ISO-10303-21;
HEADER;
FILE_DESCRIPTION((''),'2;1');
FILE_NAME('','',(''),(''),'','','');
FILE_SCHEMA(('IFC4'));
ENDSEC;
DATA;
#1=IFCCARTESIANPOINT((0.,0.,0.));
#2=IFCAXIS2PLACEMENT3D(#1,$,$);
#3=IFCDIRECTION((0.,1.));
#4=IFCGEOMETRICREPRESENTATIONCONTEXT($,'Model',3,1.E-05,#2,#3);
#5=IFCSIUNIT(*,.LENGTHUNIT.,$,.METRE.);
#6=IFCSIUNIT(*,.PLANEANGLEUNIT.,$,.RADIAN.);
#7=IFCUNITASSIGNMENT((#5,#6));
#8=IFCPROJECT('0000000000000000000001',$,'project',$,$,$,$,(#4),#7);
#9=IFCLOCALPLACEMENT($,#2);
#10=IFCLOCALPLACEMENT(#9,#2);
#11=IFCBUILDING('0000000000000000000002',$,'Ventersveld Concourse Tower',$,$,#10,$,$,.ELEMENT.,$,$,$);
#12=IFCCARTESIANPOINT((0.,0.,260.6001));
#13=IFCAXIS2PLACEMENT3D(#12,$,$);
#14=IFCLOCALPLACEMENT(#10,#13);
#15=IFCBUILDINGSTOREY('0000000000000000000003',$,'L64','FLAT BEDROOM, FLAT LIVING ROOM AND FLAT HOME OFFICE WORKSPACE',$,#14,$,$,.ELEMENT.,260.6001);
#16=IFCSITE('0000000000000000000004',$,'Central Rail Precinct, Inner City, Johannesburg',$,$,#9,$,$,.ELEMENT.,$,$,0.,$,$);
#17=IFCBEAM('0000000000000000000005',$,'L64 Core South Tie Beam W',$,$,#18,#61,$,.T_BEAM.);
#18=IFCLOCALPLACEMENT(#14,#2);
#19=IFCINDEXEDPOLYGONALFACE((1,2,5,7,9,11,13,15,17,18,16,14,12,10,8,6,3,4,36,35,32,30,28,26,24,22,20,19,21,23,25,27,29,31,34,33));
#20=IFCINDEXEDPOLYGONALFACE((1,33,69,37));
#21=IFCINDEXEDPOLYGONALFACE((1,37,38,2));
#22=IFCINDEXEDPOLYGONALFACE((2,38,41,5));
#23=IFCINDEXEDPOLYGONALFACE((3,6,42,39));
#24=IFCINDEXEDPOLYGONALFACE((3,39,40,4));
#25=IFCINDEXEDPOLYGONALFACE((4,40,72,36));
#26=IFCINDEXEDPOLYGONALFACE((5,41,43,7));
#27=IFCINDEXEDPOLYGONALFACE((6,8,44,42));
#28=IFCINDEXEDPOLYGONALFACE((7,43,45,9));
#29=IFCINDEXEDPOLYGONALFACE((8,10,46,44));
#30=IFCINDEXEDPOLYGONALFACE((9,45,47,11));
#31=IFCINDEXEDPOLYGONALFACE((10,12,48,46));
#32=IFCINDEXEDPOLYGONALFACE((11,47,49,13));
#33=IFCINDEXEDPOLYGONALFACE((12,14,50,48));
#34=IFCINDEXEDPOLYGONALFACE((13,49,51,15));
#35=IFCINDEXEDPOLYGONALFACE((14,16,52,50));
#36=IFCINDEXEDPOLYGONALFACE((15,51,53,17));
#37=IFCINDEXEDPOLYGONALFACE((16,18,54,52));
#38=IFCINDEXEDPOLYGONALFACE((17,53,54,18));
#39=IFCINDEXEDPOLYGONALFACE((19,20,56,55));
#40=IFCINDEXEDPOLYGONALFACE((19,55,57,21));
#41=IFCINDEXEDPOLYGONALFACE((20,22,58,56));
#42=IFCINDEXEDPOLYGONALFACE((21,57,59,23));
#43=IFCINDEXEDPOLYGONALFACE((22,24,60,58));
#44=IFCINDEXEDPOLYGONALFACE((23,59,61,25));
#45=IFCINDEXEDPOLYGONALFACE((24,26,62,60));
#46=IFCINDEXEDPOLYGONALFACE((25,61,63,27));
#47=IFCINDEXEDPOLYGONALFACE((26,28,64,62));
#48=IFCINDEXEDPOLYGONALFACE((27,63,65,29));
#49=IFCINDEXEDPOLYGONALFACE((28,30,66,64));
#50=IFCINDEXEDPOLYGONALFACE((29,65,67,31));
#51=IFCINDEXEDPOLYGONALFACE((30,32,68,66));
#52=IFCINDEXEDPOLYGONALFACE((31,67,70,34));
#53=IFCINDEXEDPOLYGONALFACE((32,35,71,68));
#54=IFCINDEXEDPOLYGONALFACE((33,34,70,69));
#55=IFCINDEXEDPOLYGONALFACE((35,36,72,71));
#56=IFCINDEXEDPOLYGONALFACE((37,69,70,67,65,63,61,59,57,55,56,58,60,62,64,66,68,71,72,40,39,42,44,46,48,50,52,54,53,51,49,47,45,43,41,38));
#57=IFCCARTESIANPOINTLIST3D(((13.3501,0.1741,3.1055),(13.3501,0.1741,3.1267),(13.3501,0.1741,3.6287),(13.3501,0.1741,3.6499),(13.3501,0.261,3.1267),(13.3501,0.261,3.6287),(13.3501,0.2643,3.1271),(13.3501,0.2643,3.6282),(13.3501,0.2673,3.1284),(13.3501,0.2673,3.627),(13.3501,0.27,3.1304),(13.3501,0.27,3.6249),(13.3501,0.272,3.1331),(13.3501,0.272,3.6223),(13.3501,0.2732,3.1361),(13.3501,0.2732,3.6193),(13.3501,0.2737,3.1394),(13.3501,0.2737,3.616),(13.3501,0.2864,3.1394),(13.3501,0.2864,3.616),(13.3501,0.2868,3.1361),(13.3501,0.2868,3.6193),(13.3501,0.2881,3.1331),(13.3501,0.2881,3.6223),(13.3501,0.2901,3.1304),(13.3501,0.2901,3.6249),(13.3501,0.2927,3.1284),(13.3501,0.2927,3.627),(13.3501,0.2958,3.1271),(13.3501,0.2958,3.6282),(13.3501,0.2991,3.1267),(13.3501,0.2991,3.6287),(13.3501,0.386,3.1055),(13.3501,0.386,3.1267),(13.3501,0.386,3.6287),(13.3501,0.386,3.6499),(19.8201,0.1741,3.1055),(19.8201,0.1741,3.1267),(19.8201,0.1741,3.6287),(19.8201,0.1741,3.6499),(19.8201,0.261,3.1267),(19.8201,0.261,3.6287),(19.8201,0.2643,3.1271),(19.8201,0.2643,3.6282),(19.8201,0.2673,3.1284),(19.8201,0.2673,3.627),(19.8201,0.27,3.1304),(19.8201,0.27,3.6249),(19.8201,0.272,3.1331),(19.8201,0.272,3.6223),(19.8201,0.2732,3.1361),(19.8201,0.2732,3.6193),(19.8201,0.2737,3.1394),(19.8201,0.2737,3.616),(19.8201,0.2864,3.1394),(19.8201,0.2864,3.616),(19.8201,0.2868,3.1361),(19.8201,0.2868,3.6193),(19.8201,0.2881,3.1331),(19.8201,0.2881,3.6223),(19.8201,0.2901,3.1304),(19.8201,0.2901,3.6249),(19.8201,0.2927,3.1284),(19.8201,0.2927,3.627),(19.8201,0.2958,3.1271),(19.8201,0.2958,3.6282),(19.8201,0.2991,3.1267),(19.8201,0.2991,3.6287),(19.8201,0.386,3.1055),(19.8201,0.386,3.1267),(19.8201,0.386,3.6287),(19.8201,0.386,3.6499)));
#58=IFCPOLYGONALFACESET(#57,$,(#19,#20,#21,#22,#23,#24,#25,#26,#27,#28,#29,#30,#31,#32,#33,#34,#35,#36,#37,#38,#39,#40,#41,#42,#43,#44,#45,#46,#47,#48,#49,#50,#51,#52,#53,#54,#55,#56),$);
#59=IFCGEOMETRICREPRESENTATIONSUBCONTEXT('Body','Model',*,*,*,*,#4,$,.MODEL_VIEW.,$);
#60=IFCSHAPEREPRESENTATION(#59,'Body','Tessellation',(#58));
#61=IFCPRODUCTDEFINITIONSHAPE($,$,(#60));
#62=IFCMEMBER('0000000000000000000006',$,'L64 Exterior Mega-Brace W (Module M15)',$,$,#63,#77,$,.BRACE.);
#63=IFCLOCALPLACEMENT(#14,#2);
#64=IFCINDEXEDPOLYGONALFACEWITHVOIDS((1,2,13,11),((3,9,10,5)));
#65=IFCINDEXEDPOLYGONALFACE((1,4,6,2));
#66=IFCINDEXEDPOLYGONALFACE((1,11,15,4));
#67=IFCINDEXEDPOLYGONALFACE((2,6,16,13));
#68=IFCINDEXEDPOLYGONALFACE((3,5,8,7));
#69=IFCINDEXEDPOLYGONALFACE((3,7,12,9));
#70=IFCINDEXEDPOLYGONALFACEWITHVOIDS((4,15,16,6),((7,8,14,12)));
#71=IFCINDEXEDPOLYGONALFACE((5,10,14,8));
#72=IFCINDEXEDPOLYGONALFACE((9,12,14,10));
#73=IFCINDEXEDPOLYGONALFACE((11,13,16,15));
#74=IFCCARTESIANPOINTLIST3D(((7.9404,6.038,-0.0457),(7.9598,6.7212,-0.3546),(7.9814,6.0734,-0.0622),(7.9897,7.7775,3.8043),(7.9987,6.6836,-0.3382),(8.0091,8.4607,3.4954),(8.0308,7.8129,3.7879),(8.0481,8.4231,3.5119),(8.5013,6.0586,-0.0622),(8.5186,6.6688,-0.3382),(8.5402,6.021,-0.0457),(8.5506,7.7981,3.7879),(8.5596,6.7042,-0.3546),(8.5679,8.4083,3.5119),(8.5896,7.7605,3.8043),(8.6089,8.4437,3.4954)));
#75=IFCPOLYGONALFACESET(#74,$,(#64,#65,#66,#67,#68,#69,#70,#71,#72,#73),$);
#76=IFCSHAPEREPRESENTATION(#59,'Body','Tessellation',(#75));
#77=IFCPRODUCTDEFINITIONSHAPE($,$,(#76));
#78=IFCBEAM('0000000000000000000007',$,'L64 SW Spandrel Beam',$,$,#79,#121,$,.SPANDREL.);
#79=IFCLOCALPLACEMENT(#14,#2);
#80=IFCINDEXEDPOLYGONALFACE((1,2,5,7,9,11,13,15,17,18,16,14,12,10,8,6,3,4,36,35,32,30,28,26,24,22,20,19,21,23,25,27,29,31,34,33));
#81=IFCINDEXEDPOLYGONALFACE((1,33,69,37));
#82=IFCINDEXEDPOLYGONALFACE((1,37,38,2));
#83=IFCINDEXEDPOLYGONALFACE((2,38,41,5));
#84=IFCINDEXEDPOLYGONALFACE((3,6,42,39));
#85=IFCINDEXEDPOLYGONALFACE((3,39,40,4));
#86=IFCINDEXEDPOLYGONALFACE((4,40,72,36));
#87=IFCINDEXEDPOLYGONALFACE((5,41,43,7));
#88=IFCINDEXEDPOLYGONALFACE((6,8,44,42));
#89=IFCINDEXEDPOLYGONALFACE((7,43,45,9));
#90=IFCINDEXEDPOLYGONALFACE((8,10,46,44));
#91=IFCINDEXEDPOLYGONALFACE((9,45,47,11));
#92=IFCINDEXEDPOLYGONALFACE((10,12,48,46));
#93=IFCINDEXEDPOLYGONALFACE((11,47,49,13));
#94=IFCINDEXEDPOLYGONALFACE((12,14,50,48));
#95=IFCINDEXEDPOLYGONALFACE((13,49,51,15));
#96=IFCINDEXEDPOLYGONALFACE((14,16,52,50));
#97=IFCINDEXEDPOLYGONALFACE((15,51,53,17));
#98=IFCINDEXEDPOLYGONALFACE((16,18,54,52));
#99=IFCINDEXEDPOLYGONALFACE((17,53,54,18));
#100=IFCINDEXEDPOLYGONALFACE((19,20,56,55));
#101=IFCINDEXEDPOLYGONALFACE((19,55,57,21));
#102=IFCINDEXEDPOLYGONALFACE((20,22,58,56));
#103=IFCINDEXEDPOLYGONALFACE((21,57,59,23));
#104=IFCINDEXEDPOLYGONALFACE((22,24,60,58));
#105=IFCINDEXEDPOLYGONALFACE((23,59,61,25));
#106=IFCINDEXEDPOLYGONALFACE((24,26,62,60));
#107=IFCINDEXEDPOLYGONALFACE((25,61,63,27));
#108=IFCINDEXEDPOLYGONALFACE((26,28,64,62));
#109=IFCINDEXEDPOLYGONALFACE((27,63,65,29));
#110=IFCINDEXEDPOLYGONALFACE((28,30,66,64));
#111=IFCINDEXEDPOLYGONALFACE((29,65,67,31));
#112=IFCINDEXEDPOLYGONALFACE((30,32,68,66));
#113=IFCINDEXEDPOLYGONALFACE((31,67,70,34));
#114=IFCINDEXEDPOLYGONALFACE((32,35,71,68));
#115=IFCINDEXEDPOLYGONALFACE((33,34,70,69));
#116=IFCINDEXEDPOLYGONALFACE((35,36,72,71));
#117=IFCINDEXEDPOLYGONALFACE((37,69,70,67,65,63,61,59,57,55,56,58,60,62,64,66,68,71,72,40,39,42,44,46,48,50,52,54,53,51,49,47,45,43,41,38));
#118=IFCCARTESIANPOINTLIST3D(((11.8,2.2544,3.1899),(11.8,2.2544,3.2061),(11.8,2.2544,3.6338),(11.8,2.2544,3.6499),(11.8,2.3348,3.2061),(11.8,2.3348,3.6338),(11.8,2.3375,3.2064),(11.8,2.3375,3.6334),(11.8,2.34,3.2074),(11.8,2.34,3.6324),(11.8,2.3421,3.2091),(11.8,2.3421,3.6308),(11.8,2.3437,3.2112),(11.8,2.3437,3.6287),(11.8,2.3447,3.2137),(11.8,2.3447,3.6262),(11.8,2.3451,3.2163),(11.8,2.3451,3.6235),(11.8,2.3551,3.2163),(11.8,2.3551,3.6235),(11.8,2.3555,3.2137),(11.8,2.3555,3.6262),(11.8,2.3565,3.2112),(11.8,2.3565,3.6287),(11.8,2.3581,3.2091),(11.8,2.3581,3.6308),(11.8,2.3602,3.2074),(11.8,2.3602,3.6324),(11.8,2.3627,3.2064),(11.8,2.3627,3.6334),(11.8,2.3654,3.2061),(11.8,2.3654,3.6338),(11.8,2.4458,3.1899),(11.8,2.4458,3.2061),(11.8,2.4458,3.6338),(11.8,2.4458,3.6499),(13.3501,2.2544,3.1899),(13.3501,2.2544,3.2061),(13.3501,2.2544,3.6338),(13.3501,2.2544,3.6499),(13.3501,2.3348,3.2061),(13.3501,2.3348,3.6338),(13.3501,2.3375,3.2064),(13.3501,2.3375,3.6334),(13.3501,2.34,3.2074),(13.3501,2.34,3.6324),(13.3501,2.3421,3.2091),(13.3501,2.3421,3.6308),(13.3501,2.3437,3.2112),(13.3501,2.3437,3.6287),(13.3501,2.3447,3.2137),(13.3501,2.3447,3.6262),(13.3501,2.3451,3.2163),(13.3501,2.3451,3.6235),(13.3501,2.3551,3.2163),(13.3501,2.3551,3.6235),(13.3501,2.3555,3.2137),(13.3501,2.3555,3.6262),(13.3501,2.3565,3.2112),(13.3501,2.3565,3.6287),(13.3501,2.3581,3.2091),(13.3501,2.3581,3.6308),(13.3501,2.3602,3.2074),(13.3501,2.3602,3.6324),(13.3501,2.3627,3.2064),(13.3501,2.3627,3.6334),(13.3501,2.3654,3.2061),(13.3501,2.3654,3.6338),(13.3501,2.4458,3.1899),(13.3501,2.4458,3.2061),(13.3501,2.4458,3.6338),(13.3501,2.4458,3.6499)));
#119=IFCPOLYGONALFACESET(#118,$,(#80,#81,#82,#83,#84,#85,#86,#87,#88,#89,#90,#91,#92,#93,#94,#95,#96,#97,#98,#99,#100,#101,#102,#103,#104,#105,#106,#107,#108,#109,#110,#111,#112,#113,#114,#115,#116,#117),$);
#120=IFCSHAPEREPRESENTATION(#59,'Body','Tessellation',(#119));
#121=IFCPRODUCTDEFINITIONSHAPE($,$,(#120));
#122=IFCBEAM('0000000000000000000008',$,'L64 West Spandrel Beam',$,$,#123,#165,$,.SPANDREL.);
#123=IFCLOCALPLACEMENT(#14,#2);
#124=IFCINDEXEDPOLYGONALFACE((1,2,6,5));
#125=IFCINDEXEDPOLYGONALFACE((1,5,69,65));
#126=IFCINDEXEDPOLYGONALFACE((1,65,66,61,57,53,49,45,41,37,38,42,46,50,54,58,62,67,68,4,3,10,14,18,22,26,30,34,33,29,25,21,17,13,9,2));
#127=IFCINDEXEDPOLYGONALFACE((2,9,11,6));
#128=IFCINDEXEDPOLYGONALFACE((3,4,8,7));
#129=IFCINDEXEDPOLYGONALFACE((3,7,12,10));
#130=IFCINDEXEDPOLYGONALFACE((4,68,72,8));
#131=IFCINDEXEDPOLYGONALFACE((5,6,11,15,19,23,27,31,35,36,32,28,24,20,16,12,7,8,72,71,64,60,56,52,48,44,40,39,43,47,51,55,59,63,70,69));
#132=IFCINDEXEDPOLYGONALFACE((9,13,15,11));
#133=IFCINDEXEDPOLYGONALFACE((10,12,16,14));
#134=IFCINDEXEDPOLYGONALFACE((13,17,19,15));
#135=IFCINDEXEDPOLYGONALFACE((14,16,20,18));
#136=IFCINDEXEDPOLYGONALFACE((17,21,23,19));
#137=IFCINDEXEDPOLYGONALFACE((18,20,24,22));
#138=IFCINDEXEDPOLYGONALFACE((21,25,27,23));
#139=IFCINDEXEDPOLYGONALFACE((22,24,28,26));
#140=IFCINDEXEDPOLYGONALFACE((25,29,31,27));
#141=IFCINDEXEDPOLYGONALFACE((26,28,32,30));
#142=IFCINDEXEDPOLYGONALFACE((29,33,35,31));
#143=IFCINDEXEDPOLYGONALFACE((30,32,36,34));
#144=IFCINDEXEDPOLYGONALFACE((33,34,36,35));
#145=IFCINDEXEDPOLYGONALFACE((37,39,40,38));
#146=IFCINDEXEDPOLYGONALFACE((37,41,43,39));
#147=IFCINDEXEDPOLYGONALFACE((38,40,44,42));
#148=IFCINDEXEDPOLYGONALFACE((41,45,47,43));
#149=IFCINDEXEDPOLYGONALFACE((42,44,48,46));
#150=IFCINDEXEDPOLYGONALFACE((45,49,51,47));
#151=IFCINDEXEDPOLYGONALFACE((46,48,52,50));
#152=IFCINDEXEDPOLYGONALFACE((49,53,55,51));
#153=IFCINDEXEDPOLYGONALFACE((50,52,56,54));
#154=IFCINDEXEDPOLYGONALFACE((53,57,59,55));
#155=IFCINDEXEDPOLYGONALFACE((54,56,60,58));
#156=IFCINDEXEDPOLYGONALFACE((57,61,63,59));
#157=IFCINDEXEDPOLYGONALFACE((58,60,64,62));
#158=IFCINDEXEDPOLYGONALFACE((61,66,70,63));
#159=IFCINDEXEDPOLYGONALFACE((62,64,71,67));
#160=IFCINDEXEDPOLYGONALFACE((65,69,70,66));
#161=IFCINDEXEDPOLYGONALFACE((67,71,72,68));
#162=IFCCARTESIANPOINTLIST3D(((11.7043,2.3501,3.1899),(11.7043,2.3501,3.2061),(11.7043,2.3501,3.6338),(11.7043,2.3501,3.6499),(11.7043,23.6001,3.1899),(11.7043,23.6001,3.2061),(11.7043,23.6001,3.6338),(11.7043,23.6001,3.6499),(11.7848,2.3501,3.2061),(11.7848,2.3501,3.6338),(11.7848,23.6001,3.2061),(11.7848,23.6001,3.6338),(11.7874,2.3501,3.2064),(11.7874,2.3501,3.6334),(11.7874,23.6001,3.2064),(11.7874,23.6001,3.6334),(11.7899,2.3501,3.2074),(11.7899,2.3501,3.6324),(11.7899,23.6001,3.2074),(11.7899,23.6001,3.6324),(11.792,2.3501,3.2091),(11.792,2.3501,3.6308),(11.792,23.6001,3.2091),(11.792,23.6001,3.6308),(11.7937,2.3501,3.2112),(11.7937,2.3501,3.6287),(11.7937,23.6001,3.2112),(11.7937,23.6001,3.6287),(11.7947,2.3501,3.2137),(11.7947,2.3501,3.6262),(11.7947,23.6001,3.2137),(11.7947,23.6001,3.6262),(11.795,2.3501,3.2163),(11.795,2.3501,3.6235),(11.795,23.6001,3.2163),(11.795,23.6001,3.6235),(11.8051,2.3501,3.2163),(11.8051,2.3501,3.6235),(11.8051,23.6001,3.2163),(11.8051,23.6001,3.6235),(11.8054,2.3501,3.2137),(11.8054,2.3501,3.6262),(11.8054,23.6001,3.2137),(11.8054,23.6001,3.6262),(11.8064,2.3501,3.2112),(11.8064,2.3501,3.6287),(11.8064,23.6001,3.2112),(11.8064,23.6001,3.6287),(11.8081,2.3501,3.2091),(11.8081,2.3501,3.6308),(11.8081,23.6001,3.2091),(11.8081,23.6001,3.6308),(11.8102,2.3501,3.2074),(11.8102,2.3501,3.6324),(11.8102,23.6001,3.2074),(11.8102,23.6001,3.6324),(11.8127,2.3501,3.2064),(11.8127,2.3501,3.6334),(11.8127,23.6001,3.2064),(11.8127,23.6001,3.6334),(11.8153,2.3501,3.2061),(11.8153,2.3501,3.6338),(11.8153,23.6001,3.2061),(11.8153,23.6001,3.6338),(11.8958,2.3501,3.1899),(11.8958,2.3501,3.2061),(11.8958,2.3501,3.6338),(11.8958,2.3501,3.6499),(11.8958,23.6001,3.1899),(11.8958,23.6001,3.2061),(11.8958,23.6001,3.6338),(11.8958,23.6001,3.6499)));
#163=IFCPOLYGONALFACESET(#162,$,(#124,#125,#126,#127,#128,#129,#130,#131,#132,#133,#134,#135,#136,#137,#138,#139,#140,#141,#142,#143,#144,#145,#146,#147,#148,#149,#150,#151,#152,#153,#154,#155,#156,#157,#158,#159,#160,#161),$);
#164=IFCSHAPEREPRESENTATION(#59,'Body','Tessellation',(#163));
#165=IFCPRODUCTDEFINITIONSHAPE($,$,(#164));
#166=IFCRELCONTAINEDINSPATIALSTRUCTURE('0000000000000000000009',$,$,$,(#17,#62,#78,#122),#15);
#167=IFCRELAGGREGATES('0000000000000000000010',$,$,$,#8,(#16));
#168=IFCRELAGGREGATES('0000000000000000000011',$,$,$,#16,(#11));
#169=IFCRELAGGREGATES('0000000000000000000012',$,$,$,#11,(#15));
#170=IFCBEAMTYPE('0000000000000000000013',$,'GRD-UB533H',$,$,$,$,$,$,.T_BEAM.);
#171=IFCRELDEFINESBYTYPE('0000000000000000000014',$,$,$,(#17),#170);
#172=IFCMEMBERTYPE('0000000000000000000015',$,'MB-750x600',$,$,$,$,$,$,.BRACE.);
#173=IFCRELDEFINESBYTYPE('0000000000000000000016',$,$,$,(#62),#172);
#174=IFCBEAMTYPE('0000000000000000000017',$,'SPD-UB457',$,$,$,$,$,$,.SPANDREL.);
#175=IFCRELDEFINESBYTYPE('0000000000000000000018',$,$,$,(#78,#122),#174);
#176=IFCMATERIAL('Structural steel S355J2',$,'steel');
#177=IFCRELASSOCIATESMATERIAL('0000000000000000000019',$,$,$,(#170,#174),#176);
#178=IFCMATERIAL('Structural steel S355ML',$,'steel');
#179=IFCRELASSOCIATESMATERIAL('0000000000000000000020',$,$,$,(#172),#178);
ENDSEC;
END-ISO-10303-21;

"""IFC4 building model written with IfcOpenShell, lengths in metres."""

from ifc_helpers import new_model, si_unit, direction, frame, origin, origin_2d, place, context, subcontext, project, spatial, hollow_rectangle, i_section, extrude, material, material_profile, profile_set, type_object, element, save


model = new_model("IFC4")

# Units and contexts
model_context = context("Model", 3, precision=1e-05, world=origin(), true_north=direction((0.0, 1.0)))
body_context = subcontext(model_context, "Body", "Model", "MODEL_VIEW")
ifc_project = project(units=[si_unit("LENGTHUNIT", "METRE"), si_unit("PLANEANGLEUNIT", "RADIAN")], contexts=[model_context])

# Site, building, storey
site_placement = place(None, origin())
site = spatial("IfcSite", under=ifc_project, at=site_placement, Name="Central Rail Precinct, Inner City, Johannesburg", CompositionType="ELEMENT", RefElevation=0.0)
building_placement = place(site_placement, origin())
building = spatial("IfcBuilding", under=site, at=building_placement, Name="Ventersveld Concourse Tower", CompositionType="ELEMENT")
storey_placement = place(building_placement, frame((0.0, 0.0, 260.6001)))
storey = spatial("IfcBuildingStorey", under=building, at=storey_placement, Name="L64", Description="FLAT BEDROOM, FLAT LIVING ROOM AND FLAT HOME OFFICE WORKSPACE", CompositionType="ELEMENT", Elevation=260.6001)

# Beam
ifc_material_1 = material(Name="Structural steel S355J2", Category="steel")
ifc_material_profile_1 = material_profile(ifc_material_1, i_section(OverallWidth=0.2119, OverallDepth=0.5444, WebThickness=0.0127, FlangeThickness=0.0212, FilletRadius=0.0127, at=origin_2d()), Name="UB 533x210x122")
ifc_profile_set_1 = profile_set([ifc_material_profile_1], Name="Structural steel S355J2")
beam_type_1 = type_object("IfcBeamType", Name="GRD-UB533H", PredefinedType="T_BEAM", material=ifc_profile_set_1)
beam_1_placement = place(storey_placement, frame((13.3501, 0.28, 3.3777), z_axis=(1.0, 0.0, 0.0), x_axis=(0.0, 1.0, 0.0)))
element("IfcBeam", 1, at=beam_1_placement, inside=storey, type_object=beam_type_1, Name="L64 Core South Tie Beam W", PredefinedType="T_BEAM", context=body_context, shape_type="SweptSolid", body=[
    extrude(i_section(OverallWidth=0.2119, OverallDepth=0.5444, WebThickness=0.0127, FlangeThickness=0.0212, FilletRadius=0.0127, at=origin_2d()), origin(), (0.0, 0.0, 1.0), 6.47),
])

# Member
ifc_material_2 = material(Name="Structural steel S355ML", Category="steel")
ifc_material_profile_2 = material_profile(ifc_material_2, hollow_rectangle(XDim=0.6001, YDim=0.75, WallThickness=0.04, at=origin_2d()), Name="BOX 750x600x40")
ifc_profile_set_2 = profile_set([ifc_material_profile_2], Name="Structural steel S355ML")
member_type = type_object("IfcMemberType", Name="MB-750x600", PredefinedType="BRACE", material=ifc_profile_set_2)
member_placement = place(storey_placement, frame((8.25, 6.3711, -0.2002), z_axis=(0.011672, 0.411706, 0.911242), x_axis=(-0.999598, 0.028339, 0.0)))
element("IfcMember", 2, at=member_placement, inside=storey, type_object=member_type, Name="L64 Exterior Mega-Brace W (Module M15)", PredefinedType="BRACE", context=body_context, shape_type="SweptSolid", body=[
    extrude(hollow_rectangle(XDim=0.6001, YDim=0.75, WallThickness=0.04, at=origin_2d()), origin(), (0.0, 0.0, 1.0), 4.2251),
])

# Beams
ifc_material_profile_3 = material_profile(ifc_material_1, i_section(OverallWidth=0.1914, OverallDepth=0.46, WebThickness=0.01, FlangeThickness=0.0161, FilletRadius=0.0103, at=origin_2d()), Name="UB 457x191x82")
ifc_profile_set_3 = profile_set([ifc_material_profile_3], Name="Structural steel S355J2")
beam_type_2 = type_object("IfcBeamType", Name="SPD-UB457", PredefinedType="SPANDREL", material=ifc_profile_set_3)
beam_2_placement = place(storey_placement, frame((11.8, 2.3501, 3.4199), z_axis=(1.0, 0.0, 0.0), x_axis=(0.0, 1.0, 0.0)))
element("IfcBeam", 3, at=beam_2_placement, inside=storey, type_object=beam_type_2, Name="L64 SW Spandrel Beam", PredefinedType="SPANDREL", context=body_context, shape_type="SweptSolid", body=[
    extrude(i_section(OverallWidth=0.1914, OverallDepth=0.46, WebThickness=0.01, FlangeThickness=0.0161, FilletRadius=0.0103, at=origin_2d()), origin(), (0.0, 0.0, 1.0), 1.55),
])
beam_3_placement = place(storey_placement, frame((11.8, 2.3501, 3.4199), z_axis=(0.0, 1.0, 0.0), x_axis=(-1.0, 0.0, 0.0)))
element("IfcBeam", 4, at=beam_3_placement, inside=storey, type_object=beam_type_2, Name="L64 West Spandrel Beam", PredefinedType="SPANDREL", context=body_context, shape_type="SweptSolid", body=[
    extrude(i_section(OverallWidth=0.1914, OverallDepth=0.46, WebThickness=0.01, FlangeThickness=0.0161, FilletRadius=0.0103, at=origin_2d()), origin(), (0.0, 0.0, 1.0), 21.25),
])

save(model, "model.ifc")
